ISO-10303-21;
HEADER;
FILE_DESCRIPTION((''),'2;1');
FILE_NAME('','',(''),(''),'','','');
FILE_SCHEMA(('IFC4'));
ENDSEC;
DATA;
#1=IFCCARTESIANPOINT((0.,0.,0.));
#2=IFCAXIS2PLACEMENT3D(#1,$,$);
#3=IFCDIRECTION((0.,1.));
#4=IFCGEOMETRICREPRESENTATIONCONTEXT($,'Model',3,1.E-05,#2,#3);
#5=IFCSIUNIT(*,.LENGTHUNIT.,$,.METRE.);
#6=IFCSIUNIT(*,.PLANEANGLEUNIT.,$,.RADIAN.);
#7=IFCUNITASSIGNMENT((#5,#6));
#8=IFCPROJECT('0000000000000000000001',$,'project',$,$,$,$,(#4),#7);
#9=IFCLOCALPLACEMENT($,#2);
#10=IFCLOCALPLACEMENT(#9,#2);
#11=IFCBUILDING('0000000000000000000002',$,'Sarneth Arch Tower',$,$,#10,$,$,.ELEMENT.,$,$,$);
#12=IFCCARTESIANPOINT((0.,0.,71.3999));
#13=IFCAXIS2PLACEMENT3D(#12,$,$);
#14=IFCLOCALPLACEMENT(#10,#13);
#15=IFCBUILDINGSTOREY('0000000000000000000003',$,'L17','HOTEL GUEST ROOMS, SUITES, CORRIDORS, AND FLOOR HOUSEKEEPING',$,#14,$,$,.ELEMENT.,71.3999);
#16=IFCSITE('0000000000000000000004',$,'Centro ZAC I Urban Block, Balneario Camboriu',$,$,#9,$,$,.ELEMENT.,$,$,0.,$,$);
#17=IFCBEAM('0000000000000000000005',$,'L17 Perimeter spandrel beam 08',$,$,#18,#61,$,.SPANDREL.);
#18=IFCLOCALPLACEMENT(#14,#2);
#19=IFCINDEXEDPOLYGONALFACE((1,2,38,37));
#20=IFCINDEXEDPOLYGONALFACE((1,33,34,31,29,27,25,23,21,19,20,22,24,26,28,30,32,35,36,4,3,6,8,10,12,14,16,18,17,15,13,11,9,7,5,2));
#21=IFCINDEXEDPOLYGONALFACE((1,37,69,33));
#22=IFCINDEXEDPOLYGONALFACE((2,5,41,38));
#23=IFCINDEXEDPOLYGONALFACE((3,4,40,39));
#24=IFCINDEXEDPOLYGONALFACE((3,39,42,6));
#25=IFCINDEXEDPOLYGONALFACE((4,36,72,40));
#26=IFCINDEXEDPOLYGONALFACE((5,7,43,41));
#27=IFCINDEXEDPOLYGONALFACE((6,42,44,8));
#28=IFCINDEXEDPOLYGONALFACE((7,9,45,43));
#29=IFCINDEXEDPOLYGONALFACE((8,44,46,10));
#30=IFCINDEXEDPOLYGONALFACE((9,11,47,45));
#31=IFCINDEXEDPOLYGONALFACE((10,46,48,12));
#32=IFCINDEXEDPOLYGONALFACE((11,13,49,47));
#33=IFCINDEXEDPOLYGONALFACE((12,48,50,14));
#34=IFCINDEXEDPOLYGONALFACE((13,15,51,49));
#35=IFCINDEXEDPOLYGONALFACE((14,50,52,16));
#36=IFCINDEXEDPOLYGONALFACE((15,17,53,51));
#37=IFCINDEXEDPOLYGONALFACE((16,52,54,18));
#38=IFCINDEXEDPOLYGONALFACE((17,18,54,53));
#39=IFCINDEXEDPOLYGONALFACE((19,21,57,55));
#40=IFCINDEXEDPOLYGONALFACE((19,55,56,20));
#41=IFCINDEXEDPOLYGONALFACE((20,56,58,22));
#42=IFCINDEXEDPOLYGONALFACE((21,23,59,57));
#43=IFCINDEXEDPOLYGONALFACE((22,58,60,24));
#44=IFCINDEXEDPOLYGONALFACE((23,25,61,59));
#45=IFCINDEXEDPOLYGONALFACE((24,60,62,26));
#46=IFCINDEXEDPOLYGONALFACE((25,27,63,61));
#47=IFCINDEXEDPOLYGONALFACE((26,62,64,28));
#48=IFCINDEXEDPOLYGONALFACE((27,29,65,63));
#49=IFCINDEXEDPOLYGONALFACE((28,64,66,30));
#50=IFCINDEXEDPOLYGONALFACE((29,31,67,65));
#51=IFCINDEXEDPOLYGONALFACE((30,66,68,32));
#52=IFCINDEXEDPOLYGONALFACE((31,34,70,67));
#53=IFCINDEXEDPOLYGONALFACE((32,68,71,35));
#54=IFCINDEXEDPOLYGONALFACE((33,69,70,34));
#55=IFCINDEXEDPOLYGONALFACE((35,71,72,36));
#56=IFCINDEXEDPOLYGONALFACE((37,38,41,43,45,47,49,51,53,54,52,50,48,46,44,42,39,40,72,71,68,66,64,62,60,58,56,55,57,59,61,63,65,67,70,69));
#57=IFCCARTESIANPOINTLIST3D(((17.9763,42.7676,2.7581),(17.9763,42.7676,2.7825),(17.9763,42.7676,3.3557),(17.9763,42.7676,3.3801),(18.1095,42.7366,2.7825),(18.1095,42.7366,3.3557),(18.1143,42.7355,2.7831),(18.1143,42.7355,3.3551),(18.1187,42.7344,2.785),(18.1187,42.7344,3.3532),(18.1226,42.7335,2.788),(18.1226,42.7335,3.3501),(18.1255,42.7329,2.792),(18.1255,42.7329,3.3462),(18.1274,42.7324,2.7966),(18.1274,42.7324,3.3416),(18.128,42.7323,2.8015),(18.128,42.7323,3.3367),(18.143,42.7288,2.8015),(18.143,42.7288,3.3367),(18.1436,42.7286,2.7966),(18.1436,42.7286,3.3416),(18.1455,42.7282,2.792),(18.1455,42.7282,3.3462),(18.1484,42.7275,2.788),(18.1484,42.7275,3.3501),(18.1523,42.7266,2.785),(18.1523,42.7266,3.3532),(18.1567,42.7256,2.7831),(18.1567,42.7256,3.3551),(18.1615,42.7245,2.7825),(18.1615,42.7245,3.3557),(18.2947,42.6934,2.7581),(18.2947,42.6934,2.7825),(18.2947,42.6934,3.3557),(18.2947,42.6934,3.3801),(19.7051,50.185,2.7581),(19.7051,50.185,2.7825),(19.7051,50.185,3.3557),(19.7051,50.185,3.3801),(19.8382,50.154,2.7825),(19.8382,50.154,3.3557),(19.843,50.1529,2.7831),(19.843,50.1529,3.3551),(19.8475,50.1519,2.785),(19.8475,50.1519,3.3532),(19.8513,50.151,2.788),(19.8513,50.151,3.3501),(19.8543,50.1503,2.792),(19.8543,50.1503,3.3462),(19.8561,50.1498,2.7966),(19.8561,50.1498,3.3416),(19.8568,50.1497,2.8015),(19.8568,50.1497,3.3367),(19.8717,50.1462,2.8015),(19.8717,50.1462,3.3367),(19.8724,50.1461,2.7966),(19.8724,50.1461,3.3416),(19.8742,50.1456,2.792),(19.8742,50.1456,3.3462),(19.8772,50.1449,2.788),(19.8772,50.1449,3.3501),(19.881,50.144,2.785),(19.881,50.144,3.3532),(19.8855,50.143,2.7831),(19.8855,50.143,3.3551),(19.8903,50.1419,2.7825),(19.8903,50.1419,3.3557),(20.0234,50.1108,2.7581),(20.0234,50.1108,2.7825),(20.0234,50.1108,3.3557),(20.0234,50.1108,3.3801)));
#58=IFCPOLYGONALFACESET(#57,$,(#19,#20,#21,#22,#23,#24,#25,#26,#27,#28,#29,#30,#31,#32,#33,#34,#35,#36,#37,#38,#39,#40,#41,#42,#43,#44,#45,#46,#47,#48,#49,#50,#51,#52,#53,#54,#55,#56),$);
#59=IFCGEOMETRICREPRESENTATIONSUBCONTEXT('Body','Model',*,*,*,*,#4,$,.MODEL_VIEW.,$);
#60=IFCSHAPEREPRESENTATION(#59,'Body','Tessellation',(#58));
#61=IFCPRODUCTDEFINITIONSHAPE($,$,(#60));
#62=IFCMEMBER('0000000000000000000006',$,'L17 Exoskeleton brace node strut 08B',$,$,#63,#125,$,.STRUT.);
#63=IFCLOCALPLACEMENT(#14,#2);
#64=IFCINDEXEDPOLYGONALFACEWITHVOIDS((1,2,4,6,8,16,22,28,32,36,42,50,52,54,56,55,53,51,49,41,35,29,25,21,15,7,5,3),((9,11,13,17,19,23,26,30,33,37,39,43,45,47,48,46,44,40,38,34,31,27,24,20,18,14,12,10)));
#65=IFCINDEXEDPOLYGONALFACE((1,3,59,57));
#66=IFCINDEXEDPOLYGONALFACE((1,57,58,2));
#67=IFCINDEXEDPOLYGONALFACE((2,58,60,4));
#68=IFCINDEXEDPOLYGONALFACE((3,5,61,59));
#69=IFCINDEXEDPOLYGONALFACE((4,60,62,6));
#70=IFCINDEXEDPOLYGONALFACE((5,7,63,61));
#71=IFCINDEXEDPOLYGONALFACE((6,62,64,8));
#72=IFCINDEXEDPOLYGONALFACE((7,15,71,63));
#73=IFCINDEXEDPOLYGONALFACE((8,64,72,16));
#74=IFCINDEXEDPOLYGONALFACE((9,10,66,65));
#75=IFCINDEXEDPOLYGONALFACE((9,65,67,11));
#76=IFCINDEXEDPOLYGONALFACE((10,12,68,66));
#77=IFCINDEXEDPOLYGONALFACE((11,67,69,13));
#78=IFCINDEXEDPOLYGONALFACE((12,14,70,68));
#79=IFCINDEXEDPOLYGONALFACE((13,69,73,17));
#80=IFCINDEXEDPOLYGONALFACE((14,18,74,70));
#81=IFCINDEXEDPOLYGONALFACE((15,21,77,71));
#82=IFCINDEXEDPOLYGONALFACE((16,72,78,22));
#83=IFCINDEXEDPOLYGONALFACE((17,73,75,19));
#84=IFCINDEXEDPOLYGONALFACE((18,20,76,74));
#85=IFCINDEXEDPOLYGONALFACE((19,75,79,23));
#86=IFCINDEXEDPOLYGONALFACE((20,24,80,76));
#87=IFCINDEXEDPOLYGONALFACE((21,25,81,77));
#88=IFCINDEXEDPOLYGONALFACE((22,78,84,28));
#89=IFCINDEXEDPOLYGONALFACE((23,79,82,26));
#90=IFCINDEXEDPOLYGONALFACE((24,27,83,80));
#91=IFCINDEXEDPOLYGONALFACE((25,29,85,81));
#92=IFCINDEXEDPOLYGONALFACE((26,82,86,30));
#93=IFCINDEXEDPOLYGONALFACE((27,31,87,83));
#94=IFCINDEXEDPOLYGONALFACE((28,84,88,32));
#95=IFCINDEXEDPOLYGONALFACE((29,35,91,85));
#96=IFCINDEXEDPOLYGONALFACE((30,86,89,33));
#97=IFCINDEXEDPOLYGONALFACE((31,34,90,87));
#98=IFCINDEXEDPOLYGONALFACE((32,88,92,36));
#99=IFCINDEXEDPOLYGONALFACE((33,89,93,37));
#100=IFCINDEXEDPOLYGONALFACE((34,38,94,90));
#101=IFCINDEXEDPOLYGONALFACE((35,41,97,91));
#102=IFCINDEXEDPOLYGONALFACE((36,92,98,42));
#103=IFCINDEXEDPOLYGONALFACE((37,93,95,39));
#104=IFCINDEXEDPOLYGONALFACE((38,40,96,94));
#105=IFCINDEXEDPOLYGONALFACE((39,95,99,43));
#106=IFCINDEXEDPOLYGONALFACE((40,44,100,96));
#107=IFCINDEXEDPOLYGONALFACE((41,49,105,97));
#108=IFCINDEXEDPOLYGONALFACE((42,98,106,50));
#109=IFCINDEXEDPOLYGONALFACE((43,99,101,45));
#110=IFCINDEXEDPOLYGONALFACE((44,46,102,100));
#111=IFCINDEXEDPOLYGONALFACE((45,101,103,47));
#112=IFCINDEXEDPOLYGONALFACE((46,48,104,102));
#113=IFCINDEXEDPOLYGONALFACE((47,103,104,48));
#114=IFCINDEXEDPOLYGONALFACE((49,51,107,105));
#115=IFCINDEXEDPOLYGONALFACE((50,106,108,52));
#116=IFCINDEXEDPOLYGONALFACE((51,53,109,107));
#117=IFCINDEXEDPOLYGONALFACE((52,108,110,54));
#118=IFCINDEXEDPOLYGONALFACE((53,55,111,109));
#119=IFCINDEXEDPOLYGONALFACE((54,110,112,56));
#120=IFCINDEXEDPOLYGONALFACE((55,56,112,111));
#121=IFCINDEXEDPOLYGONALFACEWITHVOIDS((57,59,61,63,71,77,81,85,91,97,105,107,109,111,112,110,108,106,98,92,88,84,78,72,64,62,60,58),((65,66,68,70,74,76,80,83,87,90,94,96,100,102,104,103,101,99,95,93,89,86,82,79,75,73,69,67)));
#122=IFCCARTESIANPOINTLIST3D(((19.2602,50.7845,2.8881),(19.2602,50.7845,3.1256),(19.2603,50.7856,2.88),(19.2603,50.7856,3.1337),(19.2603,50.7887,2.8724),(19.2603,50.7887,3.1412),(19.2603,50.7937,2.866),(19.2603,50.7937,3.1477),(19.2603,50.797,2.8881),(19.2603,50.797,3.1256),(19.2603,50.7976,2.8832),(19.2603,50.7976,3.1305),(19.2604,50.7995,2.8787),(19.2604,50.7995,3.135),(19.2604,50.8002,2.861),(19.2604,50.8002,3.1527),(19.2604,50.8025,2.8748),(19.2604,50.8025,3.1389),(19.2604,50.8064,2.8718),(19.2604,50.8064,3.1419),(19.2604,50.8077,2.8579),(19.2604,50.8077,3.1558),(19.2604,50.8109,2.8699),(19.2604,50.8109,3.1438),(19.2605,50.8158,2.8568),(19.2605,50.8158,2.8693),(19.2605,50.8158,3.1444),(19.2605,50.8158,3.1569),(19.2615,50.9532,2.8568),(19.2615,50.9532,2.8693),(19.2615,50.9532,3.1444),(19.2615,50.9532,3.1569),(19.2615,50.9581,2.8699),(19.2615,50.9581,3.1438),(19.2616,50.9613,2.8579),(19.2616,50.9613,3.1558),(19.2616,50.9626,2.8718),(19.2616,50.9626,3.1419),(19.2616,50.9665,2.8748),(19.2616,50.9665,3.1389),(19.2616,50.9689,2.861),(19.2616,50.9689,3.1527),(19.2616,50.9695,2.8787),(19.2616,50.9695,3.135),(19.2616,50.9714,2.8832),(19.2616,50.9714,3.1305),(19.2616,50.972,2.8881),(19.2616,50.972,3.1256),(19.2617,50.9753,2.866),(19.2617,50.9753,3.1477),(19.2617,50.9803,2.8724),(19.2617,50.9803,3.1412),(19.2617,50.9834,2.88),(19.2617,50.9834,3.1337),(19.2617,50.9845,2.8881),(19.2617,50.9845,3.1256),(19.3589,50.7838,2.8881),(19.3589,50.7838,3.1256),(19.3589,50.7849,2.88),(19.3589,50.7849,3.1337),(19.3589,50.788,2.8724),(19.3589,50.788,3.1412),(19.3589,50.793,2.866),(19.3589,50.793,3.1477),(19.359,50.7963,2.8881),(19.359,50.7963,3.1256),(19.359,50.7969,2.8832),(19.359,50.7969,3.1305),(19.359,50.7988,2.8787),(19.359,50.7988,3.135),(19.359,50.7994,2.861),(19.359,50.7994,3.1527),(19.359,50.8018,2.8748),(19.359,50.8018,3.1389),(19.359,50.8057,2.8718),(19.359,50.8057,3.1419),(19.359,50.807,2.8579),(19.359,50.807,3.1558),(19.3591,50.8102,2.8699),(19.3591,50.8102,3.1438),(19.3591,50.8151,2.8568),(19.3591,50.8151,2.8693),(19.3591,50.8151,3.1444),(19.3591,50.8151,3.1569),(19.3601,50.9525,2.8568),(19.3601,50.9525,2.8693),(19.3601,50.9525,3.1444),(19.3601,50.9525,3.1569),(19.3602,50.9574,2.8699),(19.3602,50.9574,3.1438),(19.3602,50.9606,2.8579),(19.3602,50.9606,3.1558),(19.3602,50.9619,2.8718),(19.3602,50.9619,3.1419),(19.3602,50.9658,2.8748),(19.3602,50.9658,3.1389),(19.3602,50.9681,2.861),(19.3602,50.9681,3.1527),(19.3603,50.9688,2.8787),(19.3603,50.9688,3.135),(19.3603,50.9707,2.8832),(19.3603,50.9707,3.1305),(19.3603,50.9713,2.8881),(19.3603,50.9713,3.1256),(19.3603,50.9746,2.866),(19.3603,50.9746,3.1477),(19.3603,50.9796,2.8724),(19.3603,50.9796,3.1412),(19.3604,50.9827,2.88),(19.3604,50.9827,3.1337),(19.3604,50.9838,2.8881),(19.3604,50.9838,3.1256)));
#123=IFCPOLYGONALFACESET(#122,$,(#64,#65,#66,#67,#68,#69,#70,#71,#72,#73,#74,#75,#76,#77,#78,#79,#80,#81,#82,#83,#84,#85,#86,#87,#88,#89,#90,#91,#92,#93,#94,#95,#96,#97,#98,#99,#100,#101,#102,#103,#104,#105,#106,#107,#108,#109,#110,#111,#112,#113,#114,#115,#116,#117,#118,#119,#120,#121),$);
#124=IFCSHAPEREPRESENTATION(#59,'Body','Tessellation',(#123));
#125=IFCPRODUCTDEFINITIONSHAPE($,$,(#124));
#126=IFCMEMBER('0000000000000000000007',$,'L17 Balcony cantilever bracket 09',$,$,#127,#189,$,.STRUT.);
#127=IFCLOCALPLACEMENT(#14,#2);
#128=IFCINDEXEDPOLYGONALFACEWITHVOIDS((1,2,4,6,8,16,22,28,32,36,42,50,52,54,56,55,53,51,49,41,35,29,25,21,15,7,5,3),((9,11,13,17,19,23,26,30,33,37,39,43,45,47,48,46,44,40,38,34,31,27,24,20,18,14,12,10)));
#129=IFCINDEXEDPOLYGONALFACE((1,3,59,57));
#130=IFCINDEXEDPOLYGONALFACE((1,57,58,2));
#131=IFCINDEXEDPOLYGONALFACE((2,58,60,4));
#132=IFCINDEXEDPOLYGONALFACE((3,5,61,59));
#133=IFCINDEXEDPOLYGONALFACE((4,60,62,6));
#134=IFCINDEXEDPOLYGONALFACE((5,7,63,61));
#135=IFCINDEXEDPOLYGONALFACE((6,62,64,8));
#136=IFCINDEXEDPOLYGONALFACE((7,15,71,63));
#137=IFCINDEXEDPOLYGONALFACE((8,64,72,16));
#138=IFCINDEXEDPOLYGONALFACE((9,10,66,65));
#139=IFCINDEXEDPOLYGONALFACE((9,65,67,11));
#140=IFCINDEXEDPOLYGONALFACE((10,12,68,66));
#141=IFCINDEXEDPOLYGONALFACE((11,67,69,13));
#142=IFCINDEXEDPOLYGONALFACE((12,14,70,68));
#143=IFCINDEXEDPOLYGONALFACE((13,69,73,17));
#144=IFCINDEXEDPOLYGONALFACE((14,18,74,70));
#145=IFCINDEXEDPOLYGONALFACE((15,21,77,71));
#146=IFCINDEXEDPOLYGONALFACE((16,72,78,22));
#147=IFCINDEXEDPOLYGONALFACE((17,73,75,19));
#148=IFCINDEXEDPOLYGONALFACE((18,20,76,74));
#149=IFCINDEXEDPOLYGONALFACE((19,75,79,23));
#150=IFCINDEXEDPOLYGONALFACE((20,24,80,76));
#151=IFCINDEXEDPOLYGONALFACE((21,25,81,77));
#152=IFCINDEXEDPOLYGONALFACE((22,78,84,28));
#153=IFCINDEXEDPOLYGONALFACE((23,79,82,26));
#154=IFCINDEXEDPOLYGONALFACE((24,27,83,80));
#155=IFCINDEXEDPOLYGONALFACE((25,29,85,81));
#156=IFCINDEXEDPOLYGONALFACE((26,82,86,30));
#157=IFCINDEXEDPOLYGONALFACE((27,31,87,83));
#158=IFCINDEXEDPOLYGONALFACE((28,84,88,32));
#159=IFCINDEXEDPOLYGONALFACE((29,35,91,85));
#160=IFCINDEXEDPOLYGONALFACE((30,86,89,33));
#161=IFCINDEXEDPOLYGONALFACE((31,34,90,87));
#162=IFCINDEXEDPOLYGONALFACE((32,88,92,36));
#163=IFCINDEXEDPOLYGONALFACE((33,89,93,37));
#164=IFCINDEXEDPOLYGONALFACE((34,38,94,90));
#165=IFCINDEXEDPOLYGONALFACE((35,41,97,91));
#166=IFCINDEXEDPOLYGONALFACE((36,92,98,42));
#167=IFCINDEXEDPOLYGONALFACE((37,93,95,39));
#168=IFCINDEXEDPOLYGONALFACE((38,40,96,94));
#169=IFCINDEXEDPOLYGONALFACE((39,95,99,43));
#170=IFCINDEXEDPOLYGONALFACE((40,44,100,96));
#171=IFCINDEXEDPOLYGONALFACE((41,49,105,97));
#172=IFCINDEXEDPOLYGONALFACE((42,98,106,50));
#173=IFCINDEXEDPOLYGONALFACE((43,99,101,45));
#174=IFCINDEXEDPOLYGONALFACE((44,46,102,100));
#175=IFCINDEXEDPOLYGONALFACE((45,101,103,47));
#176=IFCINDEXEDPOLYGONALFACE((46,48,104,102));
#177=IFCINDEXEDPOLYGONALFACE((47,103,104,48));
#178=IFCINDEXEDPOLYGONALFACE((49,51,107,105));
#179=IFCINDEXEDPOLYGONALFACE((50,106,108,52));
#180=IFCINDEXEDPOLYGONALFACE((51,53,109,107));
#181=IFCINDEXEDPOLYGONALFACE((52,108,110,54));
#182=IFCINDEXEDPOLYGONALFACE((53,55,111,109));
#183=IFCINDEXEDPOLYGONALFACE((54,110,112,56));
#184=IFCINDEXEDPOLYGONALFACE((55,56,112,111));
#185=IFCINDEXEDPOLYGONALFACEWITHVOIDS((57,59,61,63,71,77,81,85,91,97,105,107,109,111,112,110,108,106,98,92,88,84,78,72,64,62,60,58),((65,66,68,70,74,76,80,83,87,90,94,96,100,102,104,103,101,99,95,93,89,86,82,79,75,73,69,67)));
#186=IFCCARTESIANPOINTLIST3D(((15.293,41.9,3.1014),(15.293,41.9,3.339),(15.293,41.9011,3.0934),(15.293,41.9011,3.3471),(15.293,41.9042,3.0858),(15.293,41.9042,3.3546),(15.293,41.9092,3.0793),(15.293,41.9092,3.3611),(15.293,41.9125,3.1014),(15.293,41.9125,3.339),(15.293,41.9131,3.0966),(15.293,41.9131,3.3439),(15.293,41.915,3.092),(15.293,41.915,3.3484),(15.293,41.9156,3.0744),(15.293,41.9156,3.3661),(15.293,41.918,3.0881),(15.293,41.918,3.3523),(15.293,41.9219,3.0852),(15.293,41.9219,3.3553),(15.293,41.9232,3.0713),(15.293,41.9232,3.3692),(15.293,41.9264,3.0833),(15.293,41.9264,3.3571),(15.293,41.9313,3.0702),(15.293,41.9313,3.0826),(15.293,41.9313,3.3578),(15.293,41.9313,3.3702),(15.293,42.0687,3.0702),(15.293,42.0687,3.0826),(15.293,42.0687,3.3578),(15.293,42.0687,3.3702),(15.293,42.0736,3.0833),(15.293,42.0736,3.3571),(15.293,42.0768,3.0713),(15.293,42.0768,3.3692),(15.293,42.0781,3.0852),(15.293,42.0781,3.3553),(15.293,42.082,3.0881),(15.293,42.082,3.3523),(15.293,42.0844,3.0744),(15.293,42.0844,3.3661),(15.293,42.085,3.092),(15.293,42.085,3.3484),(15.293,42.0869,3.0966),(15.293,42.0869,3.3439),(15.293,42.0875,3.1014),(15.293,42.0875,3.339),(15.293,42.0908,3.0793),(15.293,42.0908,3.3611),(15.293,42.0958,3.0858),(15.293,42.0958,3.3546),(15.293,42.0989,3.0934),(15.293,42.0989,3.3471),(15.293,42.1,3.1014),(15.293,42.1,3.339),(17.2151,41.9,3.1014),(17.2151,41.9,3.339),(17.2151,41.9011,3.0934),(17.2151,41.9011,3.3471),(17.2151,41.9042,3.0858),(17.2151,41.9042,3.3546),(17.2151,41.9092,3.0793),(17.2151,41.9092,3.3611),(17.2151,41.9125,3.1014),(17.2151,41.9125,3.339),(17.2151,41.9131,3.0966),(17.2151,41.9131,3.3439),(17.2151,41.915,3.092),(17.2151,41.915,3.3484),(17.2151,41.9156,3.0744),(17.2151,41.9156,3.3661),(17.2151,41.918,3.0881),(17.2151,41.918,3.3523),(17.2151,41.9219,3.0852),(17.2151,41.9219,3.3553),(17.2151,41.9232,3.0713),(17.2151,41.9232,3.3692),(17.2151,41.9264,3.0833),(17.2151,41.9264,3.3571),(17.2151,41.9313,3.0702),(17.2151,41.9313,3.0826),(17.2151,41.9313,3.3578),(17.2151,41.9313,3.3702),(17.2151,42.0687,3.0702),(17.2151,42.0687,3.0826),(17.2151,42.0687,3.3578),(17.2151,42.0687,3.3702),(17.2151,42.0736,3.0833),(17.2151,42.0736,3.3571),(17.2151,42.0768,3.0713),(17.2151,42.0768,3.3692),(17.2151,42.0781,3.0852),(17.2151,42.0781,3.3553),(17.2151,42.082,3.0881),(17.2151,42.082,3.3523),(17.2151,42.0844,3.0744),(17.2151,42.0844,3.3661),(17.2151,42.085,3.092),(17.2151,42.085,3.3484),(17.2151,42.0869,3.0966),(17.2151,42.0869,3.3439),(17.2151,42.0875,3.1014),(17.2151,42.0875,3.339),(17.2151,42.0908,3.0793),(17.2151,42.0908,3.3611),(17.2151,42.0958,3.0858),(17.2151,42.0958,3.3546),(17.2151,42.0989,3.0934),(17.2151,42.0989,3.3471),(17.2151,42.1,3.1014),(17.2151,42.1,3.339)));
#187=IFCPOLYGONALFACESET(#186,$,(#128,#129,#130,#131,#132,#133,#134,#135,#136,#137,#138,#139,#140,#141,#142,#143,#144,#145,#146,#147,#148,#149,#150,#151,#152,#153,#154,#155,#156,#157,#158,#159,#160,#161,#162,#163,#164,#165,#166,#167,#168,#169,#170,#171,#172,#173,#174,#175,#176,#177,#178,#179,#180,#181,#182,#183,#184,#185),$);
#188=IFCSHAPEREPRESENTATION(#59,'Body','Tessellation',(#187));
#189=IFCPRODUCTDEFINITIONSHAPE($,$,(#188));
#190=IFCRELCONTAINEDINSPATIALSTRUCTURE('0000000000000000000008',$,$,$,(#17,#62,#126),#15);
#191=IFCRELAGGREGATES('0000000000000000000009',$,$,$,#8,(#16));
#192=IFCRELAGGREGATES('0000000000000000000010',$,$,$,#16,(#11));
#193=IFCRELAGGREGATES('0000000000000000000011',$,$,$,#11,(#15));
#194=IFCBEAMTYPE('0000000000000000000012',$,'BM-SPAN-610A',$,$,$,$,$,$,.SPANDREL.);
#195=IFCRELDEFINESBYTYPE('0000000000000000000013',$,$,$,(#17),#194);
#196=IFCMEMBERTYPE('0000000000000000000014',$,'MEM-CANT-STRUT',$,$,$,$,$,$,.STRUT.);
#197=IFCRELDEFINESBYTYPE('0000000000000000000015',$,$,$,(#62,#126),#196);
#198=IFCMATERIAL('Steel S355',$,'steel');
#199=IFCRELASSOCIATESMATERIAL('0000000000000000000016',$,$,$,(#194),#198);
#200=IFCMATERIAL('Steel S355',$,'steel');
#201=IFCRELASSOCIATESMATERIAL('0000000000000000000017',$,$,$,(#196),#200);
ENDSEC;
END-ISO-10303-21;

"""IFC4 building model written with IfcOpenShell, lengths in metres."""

from ifc_helpers import new_model, si_unit, direction, frame, origin, origin_2d, place, context, subcontext, project, spatial, hollow_rectangle, i_section, extrude, material, material_profile, profile_set, type_object, element, save


model = new_model("IFC4")

# Units and contexts
model_context = context("Model", 3, precision=1e-05, world=origin(), true_north=direction((0.0, 1.0)))
body_context = subcontext(model_context, "Body", "Model", "MODEL_VIEW")
ifc_project = project(units=[si_unit("LENGTHUNIT", "METRE"), si_unit("PLANEANGLEUNIT", "RADIAN")], contexts=[model_context])

# Site, building, storey
site_placement = place(None, origin())
site = spatial("IfcSite", under=ifc_project, at=site_placement, Name="Centro ZAC I Urban Block, Balneario Camboriu", CompositionType="ELEMENT", RefElevation=0.0)
building_placement = place(site_placement, origin())
building = spatial("IfcBuilding", under=site, at=building_placement, Name="Sarneth Arch Tower", CompositionType="ELEMENT")
storey_placement = place(building_placement, frame((0.0, 0.0, 71.3999)))
storey = spatial("IfcBuildingStorey", under=building, at=storey_placement, Name="L17", Description="HOTEL GUEST ROOMS, SUITES, CORRIDORS, AND FLOOR HOUSEKEEPING", CompositionType="ELEMENT", Elevation=71.3999)

# Beam
ifc_material_1 = material(Name="Steel S355", Category="steel")
ifc_material_profile_1 = material_profile(ifc_material_1, i_section(OverallWidth=0.3269, OverallDepth=0.6221, WebThickness=0.0154, FlangeThickness=0.0244, FilletRadius=0.019, at=origin_2d()), Name="W610x195")
ifc_profile_set_1 = profile_set([ifc_material_profile_1], Name="Steel S355")
beam_type_1 = type_object("IfcBeamType", Name="BM-SPAN-610A", PredefinedType="SPANDREL", material=ifc_profile_set_1)
beam_1_placement = place(storey_placement, frame((19.8643, 50.1479, 3.0691), z_axis=(-0.226982, -0.973899, 0.0), x_axis=(0.973899, -0.226982, 0.0)))
element("IfcBeam", 1, at=beam_1_placement, inside=storey, type_object=beam_type_1, Name="L17 Perimeter spandrel beam 08", PredefinedType="SPANDREL", context=body_context, shape_type="SweptSolid", body=[
    extrude(i_section(OverallWidth=0.3269, OverallDepth=0.6221, WebThickness=0.0154, FlangeThickness=0.0244, FilletRadius=0.019, at=origin_2d()), origin(), (0.0, 0.0, 1.0), 7.6162),
])

# Members
ifc_material_2 = material(Name="Steel S355", Category="steel")
ifc_material_profile_2 = material_profile(ifc_material_2, hollow_rectangle(XDim=0.2, YDim=0.3, WallThickness=0.0125, InnerFilletRadius=0.0188, OuterFilletRadius=0.0312, at=origin_2d()), Name="RHS300x200x12.5")
ifc_profile_set_2 = profile_set([ifc_material_profile_2], Name="Steel S355")
member_type_1 = type_object("IfcMemberType", Name="MEM-CANT-STRUT", PredefinedType="STRUT", material=ifc_profile_set_2)
member_1_placement = place(storey_placement, frame((19.3596, 50.8838, 3.0068), z_axis=(-0.999972, 0.007426, 0.0), x_axis=(-0.007426, -0.999972, 0.0)))
element("IfcMember", 2, at=member_1_placement, inside=storey, type_object=member_type_1, Name="L17 Exoskeleton brace node strut 08B", PredefinedType="STRUT", context=body_context, shape_type="SweptSolid", body=[
    extrude(hollow_rectangle(XDim=0.2, YDim=0.3, WallThickness=0.0125, InnerFilletRadius=0.0188, OuterFilletRadius=0.0312, at=origin_2d()), origin(), (0.0, 0.0, 1.0), 0.0986),
])
member_2_placement = place(storey_placement, frame((17.2151, 42.0, 3.2202), z_axis=(-1.0, 0.0, 0.0), x_axis=(0.0, -1.0, 0.0)))
element("IfcMember", 3, at=member_2_placement, inside=storey, type_object=member_type_1, Name="L17 Balcony cantilever bracket 09", PredefinedType="STRUT", context=body_context, shape_type="SweptSolid", body=[
    extrude(hollow_rectangle(XDim=0.2, YDim=0.3, WallThickness=0.0125, InnerFilletRadius=0.0188, OuterFilletRadius=0.0312, at=origin_2d()), origin(), (0.0, 0.0, 1.0), 1.9221),
])

save(model, "model.ifc")
